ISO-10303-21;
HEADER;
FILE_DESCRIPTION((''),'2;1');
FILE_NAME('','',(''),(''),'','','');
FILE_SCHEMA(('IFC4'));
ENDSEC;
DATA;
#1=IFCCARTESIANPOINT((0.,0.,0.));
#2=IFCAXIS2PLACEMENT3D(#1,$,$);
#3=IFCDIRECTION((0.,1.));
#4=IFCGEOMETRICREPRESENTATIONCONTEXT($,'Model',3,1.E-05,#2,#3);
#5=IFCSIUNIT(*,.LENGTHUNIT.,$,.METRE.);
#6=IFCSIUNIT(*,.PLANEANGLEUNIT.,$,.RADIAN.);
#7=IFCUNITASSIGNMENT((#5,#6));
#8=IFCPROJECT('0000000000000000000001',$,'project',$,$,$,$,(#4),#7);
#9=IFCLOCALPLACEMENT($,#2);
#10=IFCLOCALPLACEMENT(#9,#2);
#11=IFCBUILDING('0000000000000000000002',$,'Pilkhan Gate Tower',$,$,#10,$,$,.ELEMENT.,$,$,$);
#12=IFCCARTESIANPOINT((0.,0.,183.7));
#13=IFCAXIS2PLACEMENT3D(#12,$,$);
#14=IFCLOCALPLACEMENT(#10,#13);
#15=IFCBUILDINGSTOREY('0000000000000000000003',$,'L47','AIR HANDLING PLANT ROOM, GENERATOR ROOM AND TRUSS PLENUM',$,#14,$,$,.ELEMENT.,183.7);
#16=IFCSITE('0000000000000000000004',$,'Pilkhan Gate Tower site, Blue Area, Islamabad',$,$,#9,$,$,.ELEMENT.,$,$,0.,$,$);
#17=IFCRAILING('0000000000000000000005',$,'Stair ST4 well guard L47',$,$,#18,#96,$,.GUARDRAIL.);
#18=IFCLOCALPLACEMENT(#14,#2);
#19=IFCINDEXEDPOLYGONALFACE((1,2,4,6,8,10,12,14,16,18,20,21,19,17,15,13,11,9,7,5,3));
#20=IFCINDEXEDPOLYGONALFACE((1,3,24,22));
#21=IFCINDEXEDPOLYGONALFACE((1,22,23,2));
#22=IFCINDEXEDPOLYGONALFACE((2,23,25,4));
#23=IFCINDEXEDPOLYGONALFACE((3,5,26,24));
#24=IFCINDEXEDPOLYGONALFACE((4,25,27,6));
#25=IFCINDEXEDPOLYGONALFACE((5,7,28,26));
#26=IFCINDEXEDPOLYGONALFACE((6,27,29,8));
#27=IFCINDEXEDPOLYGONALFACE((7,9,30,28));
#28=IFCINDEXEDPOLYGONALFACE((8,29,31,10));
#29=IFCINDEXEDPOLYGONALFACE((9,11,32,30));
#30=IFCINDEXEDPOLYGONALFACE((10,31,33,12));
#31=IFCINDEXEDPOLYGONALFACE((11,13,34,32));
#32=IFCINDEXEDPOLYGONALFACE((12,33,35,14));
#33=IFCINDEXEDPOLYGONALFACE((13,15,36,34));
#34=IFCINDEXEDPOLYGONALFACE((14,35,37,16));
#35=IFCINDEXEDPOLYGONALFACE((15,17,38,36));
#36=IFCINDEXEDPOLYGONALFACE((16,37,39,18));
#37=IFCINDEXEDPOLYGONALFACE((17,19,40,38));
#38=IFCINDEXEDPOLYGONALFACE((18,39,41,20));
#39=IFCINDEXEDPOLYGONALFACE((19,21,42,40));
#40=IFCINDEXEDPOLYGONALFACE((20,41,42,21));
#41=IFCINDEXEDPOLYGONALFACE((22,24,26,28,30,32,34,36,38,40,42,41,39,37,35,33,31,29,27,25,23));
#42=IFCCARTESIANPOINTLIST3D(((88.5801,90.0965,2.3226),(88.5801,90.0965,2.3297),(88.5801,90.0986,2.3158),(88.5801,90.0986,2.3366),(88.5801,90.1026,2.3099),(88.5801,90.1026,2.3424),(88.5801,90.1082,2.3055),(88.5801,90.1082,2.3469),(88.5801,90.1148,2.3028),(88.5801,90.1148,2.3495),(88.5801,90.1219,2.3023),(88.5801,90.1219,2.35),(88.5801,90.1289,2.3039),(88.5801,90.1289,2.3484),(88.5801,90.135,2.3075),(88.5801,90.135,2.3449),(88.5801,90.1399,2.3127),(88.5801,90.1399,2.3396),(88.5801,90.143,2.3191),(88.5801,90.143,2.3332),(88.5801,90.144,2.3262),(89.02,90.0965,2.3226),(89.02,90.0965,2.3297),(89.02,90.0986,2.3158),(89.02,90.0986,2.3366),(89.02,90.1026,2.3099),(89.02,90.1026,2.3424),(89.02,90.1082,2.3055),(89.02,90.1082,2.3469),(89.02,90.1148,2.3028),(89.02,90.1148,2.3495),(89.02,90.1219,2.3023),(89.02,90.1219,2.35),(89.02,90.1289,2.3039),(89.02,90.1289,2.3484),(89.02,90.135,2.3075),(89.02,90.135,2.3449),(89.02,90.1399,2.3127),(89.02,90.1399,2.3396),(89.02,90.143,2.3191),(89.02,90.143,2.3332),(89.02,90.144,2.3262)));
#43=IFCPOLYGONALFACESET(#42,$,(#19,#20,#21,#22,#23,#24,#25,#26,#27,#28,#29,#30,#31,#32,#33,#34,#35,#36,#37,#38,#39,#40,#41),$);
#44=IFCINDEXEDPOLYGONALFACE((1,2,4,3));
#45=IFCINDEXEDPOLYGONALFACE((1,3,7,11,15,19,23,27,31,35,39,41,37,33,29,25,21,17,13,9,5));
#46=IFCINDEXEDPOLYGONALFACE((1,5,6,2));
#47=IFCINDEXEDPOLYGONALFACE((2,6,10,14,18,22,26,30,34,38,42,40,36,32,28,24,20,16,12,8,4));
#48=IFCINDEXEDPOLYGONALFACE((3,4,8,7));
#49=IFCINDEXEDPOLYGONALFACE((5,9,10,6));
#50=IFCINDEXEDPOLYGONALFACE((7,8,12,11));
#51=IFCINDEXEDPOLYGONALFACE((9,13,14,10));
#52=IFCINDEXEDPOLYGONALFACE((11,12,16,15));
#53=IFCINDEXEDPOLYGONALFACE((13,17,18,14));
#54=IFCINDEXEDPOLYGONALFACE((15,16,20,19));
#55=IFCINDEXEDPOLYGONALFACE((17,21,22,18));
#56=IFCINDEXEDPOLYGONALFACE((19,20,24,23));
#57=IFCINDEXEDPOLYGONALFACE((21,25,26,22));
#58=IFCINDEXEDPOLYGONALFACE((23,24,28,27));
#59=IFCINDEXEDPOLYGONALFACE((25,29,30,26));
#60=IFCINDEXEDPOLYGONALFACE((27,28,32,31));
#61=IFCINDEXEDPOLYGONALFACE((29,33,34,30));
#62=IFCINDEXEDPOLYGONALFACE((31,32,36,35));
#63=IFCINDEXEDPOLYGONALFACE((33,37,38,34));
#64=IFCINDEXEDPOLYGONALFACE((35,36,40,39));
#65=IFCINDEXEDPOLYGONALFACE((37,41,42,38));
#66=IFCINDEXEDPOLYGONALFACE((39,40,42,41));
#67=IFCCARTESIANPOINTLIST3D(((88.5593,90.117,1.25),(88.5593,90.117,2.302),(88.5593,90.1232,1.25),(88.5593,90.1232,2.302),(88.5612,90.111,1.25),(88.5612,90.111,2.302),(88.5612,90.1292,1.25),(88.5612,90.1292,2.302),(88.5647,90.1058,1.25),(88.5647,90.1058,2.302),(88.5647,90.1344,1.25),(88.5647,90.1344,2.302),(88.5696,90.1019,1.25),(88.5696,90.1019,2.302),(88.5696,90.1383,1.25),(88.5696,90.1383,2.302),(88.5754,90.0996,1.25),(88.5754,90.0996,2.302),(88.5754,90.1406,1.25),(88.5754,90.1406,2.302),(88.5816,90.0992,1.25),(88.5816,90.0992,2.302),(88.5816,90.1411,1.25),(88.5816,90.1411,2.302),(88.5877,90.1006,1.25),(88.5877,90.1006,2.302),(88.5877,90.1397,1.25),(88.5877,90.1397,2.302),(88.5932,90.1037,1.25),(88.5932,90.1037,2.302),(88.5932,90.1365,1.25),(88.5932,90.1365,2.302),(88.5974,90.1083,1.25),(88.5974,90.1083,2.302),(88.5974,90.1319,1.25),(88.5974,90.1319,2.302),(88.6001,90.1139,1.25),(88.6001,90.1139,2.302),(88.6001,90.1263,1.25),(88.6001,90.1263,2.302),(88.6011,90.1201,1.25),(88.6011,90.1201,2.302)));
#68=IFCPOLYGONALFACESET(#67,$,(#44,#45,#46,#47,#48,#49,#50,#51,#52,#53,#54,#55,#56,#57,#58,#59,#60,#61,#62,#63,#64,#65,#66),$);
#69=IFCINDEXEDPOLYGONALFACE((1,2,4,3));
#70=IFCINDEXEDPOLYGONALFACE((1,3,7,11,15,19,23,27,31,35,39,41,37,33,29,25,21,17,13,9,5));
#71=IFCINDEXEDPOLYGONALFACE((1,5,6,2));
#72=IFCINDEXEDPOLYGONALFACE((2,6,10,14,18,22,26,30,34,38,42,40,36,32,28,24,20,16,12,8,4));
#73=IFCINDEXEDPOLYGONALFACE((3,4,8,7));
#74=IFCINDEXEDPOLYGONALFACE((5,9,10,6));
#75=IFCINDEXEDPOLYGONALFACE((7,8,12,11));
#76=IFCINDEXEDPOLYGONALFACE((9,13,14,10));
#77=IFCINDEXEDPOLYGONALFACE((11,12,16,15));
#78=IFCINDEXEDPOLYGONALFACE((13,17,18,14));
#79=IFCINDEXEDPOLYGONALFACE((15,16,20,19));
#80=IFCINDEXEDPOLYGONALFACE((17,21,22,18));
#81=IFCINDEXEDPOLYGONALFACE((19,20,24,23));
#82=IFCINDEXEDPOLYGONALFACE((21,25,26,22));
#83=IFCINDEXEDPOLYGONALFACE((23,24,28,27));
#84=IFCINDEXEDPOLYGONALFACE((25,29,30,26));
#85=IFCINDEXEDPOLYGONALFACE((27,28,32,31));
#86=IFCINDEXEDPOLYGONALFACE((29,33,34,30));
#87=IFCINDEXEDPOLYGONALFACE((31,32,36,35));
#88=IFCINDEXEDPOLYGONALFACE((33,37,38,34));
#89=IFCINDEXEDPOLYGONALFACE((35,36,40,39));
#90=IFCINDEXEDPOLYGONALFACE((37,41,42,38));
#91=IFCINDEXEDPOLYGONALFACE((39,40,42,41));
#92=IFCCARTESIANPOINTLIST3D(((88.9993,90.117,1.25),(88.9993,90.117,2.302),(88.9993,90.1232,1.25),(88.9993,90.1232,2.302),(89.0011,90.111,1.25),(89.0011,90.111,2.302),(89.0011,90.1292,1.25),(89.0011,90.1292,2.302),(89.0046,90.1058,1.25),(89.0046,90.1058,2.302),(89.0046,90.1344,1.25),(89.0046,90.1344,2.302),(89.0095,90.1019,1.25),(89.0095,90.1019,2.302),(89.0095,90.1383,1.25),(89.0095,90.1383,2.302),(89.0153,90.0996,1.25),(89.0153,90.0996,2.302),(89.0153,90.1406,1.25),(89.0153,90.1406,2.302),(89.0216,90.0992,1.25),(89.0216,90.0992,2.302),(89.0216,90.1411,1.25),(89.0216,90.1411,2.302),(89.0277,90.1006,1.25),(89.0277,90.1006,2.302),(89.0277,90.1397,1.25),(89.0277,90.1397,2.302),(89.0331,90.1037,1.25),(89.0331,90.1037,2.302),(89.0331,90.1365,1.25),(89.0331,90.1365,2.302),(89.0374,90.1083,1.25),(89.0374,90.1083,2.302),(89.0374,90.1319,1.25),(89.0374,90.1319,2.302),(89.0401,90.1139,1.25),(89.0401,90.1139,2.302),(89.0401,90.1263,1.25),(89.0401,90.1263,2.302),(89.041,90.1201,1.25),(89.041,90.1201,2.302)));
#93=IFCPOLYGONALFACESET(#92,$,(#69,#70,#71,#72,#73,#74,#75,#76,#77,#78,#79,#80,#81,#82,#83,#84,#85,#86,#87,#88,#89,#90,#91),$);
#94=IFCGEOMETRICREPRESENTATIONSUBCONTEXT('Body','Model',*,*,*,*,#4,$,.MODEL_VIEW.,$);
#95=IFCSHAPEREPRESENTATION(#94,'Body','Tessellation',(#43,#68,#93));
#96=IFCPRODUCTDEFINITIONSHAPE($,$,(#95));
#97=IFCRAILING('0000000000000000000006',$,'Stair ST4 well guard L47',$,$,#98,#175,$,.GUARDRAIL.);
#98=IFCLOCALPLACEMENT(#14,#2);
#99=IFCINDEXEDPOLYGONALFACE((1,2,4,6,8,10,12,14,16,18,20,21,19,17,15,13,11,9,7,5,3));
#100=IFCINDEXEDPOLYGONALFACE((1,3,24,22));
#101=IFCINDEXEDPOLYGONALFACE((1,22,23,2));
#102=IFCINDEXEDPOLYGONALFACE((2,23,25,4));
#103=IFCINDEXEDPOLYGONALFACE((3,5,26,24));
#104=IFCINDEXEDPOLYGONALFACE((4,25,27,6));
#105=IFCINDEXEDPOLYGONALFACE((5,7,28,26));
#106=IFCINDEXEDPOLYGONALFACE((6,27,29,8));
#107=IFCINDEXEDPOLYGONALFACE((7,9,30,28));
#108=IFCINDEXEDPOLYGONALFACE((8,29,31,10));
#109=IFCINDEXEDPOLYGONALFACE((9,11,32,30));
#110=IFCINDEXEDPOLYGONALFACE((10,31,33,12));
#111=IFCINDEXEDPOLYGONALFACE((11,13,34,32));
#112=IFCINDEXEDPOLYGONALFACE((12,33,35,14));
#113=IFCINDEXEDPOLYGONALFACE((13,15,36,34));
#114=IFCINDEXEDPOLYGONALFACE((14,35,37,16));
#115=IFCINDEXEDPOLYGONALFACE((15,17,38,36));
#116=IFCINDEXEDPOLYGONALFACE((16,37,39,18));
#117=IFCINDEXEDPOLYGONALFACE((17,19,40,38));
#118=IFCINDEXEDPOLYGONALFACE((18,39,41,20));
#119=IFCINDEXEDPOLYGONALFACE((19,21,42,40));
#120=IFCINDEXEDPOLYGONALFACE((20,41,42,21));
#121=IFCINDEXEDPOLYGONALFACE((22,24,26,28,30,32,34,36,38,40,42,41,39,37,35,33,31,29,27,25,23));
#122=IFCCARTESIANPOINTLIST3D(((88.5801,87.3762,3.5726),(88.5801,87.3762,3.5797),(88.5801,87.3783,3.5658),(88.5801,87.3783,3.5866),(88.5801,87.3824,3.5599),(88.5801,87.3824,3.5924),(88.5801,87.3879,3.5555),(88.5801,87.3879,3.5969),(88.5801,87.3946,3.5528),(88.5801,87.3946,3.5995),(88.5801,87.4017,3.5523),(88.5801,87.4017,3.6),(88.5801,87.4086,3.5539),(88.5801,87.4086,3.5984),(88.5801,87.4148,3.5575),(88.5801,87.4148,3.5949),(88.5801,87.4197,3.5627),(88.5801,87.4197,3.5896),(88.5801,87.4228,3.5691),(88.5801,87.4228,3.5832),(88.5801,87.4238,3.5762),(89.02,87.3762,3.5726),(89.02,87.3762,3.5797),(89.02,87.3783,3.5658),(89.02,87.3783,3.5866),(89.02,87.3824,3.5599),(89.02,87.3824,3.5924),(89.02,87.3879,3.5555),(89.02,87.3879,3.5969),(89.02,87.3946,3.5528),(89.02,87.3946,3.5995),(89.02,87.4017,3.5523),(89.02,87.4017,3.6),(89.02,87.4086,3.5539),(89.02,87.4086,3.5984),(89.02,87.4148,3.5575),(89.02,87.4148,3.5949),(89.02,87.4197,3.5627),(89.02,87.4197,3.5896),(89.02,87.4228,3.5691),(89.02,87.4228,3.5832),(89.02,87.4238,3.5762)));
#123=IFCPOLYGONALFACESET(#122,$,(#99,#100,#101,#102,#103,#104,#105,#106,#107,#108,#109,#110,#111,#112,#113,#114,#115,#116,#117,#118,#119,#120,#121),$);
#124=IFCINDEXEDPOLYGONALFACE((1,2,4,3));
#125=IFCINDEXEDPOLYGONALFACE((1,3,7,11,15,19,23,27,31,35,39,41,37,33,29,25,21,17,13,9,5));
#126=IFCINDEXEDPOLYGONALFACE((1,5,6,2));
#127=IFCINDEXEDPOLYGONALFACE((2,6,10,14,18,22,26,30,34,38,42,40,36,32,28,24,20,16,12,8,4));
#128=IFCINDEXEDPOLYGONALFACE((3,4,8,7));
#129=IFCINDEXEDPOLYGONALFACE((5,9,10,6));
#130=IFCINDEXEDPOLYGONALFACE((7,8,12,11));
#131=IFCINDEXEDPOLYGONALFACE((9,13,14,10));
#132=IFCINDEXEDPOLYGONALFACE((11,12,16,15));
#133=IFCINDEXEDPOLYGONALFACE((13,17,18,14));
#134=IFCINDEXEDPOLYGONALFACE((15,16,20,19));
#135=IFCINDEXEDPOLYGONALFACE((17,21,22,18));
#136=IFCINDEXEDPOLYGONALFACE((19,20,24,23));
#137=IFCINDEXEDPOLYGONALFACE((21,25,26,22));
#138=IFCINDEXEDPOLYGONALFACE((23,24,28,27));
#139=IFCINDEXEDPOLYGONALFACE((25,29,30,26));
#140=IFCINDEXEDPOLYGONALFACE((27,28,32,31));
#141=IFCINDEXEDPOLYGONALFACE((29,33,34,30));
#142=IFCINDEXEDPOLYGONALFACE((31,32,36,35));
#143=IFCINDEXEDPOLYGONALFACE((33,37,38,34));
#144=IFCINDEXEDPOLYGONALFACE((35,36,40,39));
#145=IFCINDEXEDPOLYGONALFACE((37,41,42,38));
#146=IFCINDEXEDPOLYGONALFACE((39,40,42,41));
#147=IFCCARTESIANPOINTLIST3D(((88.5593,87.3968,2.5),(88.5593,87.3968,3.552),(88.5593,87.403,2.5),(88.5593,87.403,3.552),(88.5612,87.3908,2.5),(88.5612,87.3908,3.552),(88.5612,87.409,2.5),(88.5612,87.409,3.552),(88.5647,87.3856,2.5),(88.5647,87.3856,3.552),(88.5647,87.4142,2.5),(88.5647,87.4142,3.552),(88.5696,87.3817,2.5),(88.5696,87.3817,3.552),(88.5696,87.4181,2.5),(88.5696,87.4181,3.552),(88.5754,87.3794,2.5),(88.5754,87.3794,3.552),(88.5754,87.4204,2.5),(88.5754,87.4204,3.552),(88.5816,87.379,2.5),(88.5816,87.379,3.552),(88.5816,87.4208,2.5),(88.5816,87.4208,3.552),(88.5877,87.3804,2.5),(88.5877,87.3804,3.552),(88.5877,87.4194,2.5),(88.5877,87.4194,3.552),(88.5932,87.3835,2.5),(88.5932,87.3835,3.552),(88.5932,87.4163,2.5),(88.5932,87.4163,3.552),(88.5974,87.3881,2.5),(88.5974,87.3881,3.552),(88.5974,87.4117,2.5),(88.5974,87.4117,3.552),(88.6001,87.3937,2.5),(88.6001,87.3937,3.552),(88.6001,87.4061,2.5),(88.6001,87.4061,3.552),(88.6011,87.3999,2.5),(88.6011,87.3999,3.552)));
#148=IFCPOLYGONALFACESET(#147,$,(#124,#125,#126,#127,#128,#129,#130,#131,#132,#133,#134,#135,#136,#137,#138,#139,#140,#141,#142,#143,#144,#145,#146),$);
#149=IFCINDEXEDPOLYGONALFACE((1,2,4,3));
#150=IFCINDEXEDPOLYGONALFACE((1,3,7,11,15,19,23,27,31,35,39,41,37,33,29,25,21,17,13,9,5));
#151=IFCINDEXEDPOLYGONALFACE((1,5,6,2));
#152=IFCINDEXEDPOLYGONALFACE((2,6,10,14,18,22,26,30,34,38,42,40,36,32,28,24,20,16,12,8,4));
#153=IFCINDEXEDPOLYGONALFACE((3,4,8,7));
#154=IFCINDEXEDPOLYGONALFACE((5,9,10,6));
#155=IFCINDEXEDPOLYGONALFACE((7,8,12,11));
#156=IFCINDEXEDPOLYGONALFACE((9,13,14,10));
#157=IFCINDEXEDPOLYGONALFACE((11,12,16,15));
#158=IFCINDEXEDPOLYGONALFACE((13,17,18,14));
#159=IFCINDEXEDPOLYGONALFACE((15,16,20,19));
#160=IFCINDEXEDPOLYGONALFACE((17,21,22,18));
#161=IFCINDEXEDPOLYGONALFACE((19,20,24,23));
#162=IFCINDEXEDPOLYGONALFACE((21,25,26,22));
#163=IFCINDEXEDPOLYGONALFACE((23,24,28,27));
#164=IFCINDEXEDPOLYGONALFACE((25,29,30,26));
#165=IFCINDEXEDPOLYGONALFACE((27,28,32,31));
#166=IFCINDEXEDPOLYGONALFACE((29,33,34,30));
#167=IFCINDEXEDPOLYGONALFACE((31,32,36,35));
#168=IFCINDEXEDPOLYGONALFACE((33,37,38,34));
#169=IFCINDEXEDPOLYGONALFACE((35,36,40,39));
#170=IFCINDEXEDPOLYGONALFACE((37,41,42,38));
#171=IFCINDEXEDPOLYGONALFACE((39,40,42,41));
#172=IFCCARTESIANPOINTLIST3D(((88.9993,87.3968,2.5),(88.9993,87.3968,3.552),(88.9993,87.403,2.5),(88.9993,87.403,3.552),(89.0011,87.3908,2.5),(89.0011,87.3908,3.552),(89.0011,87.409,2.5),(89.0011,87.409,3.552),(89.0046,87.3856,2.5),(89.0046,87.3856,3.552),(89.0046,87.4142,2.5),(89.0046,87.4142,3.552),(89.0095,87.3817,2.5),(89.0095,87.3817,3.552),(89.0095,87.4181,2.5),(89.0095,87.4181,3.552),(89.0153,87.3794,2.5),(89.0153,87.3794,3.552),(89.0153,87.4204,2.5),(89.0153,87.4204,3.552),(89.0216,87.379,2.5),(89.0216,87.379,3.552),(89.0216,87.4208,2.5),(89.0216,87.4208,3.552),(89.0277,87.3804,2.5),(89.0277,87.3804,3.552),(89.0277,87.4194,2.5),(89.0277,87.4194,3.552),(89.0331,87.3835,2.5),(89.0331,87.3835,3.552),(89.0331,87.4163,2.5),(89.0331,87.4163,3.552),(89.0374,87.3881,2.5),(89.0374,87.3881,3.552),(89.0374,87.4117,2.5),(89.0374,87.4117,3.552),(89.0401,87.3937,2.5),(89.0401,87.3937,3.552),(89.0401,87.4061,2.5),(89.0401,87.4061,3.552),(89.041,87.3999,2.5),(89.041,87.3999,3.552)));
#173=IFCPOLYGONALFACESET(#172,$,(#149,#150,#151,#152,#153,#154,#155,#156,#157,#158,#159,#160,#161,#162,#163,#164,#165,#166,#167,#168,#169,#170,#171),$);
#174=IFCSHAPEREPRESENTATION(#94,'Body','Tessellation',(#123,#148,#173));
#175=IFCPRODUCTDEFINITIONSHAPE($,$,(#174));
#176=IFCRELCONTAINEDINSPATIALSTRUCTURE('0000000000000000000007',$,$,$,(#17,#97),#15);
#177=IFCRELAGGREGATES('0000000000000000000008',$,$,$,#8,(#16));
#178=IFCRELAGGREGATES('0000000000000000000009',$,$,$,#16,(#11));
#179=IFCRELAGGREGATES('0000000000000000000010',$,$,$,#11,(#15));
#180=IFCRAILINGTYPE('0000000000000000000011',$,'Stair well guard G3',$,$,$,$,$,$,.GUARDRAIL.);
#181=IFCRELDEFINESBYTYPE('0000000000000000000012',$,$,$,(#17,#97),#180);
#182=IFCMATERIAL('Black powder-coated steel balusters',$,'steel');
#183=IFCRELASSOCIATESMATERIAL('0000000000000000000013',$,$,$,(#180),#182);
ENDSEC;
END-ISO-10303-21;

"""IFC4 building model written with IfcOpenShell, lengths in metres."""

from ifc_helpers import new_model, si_unit, direction, frame, origin, origin_2d, place, context, subcontext, project, spatial, circle, extrude, material, type_object, element, save


model = new_model("IFC4")

# Units and contexts
model_context = context("Model", 3, precision=1e-05, world=origin(), true_north=direction((0.0, 1.0)))
body_context = subcontext(model_context, "Body", "Model", "MODEL_VIEW")
ifc_project = project(units=[si_unit("LENGTHUNIT", "METRE"), si_unit("PLANEANGLEUNIT", "RADIAN")], contexts=[model_context])

# Site, building, storey
site_placement = place(None, origin())
site = spatial("IfcSite", under=ifc_project, at=site_placement, Name="Pilkhan Gate Tower site, Blue Area, Islamabad", CompositionType="ELEMENT", RefElevation=0.0)
building_placement = place(site_placement, origin())
building = spatial("IfcBuilding", under=site, at=building_placement, Name="Pilkhan Gate Tower", CompositionType="ELEMENT")
storey_placement = place(building_placement, frame((0.0, 0.0, 183.7)))
storey = spatial("IfcBuildingStorey", under=building, at=storey_placement, Name="L47", Description="AIR HANDLING PLANT ROOM, GENERATOR ROOM AND TRUSS PLENUM", CompositionType="ELEMENT", Elevation=183.7)

# Railings
ifc_material_1 = material(Name="Black powder-coated steel balusters", Category="steel")
railing_type_1 = type_object("IfcRailingType", Name="Stair well guard G3", PredefinedType="GUARDRAIL", material=ifc_material_1)
for number, where, name in (
    (1, (88.5801, 90.1201, 1.25), "Stair ST4 well guard L47"),
    (2, (88.5801, 87.3999, 2.5), "Stair ST4 well guard L47"),
):
    element("IfcRailing", number, at=place(storey_placement, frame(where)), inside=storey, type_object=railing_type_1, Name=name, PredefinedType="GUARDRAIL", context=body_context, shape_type="SweptSolid", body=[
        extrude(circle(Radius=0.0239, at=origin_2d()), frame((0.0, 0.0, 1.0762), z_axis=(1.0, 0.0, 0.0), x_axis=(0.0, 1.0, 0.0)), (0.0, 0.0, 1.0), 0.4399),
        extrude(circle(Radius=0.021, at=origin_2d()), origin(), (0.0, 0.0, 1.0), 1.052),
        extrude(circle(Radius=0.021, at=origin_2d()), frame((0.4399, 0.0, 0.0)), (0.0, 0.0, 1.0), 1.052),
    ])

save(model, "model.ifc")
